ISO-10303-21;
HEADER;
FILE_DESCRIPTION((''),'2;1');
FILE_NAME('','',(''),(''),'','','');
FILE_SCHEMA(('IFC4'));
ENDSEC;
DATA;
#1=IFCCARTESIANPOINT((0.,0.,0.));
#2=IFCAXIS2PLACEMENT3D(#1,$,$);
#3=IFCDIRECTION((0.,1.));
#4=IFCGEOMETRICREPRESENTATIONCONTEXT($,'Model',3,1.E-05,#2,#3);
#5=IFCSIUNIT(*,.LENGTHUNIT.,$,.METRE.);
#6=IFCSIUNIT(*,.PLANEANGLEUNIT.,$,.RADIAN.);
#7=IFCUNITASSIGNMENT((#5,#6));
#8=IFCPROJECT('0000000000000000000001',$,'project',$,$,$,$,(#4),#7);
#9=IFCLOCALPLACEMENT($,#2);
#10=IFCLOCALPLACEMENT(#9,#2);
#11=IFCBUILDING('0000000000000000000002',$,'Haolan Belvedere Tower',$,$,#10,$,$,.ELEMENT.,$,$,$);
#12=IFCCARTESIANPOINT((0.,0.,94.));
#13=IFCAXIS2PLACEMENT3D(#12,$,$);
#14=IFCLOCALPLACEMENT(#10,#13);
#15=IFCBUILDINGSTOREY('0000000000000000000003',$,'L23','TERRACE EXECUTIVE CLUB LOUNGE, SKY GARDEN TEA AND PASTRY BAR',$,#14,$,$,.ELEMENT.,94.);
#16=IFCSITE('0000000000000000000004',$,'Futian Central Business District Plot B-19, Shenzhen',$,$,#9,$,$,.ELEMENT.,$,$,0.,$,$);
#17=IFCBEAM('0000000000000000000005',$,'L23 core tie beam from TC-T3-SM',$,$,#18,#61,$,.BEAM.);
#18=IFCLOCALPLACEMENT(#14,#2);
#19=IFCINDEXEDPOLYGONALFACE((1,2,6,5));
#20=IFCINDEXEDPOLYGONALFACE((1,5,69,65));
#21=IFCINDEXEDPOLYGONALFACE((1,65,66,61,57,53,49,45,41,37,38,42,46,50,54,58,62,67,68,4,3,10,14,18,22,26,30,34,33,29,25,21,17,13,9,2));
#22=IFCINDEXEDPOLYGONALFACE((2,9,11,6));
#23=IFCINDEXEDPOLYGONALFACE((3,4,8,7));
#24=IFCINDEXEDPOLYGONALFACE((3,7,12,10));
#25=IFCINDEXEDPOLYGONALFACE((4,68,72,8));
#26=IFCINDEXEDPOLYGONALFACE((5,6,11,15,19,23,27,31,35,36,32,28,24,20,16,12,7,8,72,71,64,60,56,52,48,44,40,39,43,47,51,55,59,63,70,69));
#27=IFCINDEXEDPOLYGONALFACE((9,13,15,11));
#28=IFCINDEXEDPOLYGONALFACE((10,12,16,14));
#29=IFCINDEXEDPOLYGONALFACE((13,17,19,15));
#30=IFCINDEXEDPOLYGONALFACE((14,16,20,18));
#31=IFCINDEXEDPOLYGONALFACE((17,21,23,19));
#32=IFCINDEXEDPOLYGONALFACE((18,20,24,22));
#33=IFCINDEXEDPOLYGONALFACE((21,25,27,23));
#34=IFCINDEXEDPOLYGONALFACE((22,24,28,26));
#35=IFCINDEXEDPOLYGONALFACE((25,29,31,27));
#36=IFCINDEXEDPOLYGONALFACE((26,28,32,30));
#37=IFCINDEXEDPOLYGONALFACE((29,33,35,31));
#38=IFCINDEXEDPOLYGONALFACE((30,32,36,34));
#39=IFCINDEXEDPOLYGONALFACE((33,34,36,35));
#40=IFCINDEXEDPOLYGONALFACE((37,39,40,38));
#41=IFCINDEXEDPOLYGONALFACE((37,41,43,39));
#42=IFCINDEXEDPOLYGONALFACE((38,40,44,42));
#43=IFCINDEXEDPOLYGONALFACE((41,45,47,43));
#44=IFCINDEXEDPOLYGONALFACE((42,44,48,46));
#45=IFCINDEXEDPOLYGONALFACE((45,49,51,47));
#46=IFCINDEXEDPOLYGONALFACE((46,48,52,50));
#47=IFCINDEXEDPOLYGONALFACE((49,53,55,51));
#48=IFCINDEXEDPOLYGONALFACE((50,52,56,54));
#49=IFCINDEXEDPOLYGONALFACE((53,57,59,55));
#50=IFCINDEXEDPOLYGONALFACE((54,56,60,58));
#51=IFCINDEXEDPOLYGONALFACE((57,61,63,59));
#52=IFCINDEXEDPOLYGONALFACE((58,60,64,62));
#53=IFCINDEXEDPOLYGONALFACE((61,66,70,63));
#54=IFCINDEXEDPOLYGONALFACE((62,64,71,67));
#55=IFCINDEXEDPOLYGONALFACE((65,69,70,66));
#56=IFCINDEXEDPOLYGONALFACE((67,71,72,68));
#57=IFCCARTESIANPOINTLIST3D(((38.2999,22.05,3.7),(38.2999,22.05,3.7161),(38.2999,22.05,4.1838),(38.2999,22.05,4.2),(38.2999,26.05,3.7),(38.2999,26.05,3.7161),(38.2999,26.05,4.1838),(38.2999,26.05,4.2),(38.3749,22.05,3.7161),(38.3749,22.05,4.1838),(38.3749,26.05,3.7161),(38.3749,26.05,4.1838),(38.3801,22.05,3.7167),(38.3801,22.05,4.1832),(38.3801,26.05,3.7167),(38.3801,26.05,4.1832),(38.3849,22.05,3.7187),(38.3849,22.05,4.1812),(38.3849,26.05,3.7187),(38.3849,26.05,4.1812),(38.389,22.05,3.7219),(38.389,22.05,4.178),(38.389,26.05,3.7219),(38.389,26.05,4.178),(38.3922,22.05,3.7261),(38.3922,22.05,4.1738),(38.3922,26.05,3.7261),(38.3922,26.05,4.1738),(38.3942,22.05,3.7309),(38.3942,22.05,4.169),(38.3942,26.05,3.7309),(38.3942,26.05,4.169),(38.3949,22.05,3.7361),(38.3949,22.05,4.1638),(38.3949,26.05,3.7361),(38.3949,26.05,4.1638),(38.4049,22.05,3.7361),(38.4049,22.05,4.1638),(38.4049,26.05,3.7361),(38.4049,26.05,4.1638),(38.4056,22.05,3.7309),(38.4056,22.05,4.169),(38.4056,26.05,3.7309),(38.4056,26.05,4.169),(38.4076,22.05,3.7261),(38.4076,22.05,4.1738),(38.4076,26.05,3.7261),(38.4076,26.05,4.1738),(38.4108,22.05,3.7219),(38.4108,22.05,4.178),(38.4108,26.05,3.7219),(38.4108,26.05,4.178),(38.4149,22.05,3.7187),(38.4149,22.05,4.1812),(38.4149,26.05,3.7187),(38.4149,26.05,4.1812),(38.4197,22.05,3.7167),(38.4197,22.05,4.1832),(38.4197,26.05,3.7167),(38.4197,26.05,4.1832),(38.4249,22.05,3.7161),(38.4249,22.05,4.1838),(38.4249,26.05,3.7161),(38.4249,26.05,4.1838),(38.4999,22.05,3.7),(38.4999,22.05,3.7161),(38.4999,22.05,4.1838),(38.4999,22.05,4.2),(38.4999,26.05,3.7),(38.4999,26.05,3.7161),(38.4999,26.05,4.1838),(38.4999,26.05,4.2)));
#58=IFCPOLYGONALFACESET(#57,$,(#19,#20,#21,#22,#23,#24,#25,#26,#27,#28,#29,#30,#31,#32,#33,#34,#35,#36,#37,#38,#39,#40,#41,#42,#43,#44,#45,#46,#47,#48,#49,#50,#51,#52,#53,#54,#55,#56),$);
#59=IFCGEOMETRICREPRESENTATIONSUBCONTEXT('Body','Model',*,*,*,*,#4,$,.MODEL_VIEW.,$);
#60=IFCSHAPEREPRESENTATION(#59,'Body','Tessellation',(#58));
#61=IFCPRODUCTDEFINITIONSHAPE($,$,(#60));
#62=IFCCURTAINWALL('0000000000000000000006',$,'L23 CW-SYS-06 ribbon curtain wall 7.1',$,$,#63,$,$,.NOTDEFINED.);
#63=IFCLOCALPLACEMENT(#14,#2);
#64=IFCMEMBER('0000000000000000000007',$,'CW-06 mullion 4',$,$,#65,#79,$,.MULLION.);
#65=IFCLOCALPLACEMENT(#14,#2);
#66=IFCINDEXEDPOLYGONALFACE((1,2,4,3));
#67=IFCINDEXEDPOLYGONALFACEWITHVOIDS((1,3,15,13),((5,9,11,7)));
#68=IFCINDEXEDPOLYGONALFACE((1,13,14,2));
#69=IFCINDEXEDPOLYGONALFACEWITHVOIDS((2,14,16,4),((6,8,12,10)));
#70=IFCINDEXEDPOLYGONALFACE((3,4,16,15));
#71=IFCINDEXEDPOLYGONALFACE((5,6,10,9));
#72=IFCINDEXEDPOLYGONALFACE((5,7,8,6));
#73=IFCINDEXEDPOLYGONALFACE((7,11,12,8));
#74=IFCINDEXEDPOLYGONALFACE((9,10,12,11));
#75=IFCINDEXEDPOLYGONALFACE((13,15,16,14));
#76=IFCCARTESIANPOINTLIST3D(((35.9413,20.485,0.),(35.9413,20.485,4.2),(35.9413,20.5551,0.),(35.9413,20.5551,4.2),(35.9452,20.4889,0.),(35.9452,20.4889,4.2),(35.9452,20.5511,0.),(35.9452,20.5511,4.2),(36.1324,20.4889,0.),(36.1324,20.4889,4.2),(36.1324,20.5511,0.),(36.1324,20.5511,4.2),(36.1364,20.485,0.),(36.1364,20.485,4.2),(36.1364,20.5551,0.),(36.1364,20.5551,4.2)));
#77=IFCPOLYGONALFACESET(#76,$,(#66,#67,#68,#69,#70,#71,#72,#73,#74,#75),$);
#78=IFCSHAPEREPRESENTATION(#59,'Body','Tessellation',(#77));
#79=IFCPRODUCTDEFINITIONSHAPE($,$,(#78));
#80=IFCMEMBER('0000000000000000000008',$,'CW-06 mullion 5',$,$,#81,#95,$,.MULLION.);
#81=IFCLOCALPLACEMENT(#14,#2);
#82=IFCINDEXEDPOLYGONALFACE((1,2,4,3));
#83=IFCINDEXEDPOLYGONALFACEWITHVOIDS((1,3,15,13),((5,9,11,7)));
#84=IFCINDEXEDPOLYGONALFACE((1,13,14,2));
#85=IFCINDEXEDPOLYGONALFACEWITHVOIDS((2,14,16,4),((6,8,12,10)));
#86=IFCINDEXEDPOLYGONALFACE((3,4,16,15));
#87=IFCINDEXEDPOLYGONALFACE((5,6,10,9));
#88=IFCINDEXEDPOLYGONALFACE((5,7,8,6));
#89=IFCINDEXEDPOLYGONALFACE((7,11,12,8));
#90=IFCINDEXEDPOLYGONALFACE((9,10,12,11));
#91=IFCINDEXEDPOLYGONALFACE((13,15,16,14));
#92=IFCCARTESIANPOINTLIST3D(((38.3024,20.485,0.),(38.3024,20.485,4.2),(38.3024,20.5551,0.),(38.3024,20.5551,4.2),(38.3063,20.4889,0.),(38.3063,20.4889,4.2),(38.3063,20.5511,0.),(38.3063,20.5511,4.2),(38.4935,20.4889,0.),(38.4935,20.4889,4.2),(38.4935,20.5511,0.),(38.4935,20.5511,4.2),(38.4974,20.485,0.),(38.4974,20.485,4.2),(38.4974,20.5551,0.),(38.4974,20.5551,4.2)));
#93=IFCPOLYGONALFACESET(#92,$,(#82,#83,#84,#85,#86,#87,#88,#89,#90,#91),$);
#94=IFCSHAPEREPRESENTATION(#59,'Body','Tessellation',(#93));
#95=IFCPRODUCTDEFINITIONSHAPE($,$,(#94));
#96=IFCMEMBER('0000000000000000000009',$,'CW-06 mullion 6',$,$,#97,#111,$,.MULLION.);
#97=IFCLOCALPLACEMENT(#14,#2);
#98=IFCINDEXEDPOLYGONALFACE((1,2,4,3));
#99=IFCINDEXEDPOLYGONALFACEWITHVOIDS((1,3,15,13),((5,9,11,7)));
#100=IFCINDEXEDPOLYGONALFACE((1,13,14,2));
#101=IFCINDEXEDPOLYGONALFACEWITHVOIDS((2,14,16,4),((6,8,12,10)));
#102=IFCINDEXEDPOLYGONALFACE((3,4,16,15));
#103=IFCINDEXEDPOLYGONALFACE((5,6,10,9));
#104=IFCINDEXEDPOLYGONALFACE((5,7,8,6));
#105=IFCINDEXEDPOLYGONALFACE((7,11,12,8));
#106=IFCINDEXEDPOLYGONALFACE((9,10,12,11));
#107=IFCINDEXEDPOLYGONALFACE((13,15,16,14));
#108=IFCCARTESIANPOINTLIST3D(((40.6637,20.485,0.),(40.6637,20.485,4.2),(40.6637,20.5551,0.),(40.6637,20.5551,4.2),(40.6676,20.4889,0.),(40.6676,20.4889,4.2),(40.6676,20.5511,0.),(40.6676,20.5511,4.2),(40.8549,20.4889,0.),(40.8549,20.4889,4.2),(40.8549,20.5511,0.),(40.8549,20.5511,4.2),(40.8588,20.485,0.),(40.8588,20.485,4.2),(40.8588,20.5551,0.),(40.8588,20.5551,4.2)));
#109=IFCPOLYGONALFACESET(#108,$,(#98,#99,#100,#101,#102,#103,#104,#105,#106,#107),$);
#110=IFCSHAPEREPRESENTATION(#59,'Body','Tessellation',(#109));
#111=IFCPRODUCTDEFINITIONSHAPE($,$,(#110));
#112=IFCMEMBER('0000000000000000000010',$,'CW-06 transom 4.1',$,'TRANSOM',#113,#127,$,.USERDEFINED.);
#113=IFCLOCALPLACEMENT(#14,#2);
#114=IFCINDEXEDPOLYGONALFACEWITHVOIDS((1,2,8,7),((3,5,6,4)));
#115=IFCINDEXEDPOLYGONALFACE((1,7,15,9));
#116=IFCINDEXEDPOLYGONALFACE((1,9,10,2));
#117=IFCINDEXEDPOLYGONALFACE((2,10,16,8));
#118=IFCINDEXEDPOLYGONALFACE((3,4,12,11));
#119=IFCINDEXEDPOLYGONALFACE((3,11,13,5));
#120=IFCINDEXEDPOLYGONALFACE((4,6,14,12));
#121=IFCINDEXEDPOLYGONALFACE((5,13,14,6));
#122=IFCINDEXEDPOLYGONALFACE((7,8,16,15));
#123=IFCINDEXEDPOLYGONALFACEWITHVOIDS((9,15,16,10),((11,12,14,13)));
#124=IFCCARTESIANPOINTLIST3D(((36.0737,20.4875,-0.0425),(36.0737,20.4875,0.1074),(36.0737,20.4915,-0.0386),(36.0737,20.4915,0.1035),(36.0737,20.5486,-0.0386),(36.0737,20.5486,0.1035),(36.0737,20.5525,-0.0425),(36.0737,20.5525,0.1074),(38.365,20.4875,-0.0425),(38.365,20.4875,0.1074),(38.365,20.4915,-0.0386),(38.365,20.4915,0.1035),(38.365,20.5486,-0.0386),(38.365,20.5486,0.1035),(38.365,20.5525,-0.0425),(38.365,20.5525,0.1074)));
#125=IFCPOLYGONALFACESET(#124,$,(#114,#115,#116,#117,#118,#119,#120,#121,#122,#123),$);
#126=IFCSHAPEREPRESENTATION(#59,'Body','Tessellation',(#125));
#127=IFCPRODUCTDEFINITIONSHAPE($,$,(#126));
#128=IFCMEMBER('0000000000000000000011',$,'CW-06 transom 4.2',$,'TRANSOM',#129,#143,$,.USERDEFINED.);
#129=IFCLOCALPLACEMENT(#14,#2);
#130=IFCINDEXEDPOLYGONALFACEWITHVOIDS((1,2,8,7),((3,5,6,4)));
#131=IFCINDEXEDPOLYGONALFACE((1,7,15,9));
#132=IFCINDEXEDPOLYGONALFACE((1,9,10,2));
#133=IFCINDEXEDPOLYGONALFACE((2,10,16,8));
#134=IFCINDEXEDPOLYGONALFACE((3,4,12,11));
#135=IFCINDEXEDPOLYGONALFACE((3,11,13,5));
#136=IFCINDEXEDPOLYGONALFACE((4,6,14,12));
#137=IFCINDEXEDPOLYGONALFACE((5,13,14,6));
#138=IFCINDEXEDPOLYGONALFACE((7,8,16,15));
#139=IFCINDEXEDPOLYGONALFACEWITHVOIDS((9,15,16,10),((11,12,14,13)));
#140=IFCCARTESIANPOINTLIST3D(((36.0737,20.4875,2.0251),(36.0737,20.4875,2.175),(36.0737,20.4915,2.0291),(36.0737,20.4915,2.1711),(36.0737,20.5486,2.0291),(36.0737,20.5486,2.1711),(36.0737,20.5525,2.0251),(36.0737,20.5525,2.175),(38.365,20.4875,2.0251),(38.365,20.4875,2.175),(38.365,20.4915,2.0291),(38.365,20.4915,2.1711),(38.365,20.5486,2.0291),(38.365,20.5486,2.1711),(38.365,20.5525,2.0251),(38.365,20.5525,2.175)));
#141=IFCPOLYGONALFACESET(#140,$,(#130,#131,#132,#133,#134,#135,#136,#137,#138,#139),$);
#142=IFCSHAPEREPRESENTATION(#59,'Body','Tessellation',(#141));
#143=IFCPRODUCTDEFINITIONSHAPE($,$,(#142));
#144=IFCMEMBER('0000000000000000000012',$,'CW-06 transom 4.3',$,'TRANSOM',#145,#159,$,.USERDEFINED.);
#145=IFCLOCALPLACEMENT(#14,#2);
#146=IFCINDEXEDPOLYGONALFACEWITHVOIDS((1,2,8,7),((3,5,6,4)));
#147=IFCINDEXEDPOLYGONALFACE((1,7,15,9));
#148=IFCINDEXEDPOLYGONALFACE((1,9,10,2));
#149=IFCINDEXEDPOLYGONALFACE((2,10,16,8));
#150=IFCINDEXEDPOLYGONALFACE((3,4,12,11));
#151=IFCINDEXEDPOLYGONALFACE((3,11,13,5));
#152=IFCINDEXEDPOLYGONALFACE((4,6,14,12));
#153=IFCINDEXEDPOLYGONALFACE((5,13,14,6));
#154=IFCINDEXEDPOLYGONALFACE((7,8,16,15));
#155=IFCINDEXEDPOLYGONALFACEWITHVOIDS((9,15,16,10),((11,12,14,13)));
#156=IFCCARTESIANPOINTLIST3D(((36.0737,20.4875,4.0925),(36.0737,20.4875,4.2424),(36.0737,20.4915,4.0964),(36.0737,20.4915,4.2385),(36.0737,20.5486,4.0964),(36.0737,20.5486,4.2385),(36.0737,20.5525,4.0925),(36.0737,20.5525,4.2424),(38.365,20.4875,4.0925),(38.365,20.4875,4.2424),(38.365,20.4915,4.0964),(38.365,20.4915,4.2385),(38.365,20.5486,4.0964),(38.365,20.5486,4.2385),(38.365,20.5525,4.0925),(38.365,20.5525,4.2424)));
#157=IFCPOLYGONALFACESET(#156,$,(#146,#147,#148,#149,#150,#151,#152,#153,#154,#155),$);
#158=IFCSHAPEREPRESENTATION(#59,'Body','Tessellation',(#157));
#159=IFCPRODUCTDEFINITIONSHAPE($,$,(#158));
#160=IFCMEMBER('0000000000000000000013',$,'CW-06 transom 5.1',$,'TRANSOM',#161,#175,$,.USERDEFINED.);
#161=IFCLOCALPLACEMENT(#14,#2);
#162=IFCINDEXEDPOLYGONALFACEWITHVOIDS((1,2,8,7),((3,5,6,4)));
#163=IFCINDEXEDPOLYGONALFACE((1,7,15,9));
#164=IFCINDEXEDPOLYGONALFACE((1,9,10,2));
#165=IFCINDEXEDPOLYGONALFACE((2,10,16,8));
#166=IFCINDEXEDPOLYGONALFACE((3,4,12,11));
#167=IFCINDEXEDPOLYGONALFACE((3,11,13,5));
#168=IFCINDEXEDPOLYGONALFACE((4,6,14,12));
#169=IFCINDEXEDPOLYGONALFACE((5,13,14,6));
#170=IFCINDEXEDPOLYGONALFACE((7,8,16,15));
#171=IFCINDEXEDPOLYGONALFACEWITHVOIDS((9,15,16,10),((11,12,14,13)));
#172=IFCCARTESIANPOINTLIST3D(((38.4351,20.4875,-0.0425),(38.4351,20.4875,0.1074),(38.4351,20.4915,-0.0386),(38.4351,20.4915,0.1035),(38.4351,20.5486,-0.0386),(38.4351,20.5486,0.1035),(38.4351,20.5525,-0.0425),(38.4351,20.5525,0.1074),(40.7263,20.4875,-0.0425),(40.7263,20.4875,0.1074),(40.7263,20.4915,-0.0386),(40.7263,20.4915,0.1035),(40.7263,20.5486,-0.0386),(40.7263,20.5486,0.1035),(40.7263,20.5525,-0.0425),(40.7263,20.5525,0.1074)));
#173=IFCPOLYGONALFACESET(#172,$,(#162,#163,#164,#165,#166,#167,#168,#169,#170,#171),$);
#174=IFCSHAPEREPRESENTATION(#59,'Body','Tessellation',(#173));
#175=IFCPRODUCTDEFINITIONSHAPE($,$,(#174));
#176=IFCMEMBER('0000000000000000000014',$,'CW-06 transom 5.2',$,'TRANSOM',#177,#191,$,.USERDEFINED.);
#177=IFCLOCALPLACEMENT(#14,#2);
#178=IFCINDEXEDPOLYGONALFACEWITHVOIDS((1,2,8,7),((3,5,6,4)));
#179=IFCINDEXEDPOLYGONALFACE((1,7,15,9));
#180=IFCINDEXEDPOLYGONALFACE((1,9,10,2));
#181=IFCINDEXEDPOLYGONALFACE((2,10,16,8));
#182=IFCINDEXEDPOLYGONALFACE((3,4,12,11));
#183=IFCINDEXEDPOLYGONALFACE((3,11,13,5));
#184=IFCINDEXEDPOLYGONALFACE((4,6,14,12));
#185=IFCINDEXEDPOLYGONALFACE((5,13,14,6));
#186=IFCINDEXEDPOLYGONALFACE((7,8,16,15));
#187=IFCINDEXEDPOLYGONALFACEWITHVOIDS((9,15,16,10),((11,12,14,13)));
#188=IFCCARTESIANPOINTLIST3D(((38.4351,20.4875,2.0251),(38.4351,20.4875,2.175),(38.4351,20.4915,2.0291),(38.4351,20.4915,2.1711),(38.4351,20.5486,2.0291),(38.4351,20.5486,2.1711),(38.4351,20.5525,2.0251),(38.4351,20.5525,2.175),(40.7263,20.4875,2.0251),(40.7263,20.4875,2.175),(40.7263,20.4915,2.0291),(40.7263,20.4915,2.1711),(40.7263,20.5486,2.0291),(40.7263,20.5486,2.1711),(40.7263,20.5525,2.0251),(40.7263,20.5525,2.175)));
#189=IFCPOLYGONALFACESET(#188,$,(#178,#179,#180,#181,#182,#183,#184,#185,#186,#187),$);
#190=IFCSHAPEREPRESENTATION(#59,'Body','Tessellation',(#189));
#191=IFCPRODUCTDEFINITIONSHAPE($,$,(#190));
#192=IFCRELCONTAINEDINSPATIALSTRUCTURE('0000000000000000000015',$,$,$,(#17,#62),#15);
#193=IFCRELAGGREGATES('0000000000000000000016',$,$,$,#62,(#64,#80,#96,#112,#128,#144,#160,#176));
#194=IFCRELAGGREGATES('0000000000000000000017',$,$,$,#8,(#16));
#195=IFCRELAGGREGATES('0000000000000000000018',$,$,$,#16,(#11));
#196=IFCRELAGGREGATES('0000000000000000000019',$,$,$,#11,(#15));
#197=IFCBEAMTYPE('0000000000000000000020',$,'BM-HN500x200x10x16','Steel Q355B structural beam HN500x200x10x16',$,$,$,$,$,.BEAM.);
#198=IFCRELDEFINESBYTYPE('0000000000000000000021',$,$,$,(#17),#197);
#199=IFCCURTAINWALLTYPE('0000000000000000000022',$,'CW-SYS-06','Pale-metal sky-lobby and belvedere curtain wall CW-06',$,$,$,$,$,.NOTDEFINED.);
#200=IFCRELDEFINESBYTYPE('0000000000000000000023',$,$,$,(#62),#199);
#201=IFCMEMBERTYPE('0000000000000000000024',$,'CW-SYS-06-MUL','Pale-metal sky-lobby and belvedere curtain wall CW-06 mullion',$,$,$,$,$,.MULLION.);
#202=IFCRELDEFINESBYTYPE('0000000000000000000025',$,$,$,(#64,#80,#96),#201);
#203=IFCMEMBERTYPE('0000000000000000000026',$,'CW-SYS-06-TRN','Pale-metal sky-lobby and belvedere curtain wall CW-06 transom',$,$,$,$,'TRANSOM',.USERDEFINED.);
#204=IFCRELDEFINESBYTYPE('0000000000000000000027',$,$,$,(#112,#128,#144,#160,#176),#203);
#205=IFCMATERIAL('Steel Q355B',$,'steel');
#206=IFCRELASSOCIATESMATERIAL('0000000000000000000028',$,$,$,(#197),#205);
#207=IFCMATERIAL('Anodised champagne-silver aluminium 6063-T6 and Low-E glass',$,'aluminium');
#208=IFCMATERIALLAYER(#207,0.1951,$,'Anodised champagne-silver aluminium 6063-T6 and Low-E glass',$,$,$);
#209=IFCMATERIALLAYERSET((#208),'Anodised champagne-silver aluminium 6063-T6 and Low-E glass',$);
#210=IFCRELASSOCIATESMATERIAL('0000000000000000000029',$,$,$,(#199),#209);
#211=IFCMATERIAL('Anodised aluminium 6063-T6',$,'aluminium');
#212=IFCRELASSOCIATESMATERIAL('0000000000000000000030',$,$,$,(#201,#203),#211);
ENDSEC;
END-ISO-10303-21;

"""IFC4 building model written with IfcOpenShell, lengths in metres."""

from ifc_helpers import new_model, si_unit, direction, frame, origin, origin_2d, place, context, subcontext, project, spatial, hollow_rectangle, i_section, extrude, material, layer, layer_set, material_profile, profile_set, type_object, element, aggregate, save


model = new_model("IFC4")

# Units and contexts
model_context = context("Model", 3, precision=1e-05, world=origin(), true_north=direction((0.0, 1.0)))
body_context = subcontext(model_context, "Body", "Model", "MODEL_VIEW")
ifc_project = project(units=[si_unit("LENGTHUNIT", "METRE"), si_unit("PLANEANGLEUNIT", "RADIAN")], contexts=[model_context])

# Site, building, storey
site_placement = place(None, origin())
site = spatial("IfcSite", under=ifc_project, at=site_placement, Name="Futian Central Business District Plot B-19, Shenzhen", CompositionType="ELEMENT", RefElevation=0.0)
building_placement = place(site_placement, origin())
building = spatial("IfcBuilding", under=site, at=building_placement, Name="Haolan Belvedere Tower", CompositionType="ELEMENT")
storey_placement = place(building_placement, frame((0.0, 0.0, 94.0)))
storey = spatial("IfcBuildingStorey", under=building, at=storey_placement, Name="L23", Description="TERRACE EXECUTIVE CLUB LOUNGE, SKY GARDEN TEA AND PASTRY BAR", CompositionType="ELEMENT", Elevation=94.0)

# Beam
ifc_material_1 = material(Name="Steel Q355B", Category="steel")
ifc_material_profile_1 = material_profile(ifc_material_1, i_section(OverallWidth=0.2, OverallDepth=0.5, WebThickness=0.01, FlangeThickness=0.0161, FilletRadius=0.02, at=origin_2d()), Name="Steel Q355B")
ifc_profile_set_1 = profile_set([ifc_material_profile_1], Name="Steel Q355B")
beam_type_1 = type_object("IfcBeamType", Name="BM-HN500x200x10x16", Description="Steel Q355B structural beam HN500x200x10x16", PredefinedType="BEAM", material=ifc_profile_set_1)
beam_1_placement = place(storey_placement, frame((38.3999, 22.05, 3.95), z_axis=(0.0, 1.0, 0.0), x_axis=(-1.0, 0.0, 0.0)))
element("IfcBeam", 1, at=beam_1_placement, inside=storey, type_object=beam_type_1, Name="L23 core tie beam from TC-T3-SM", PredefinedType="BEAM", context=body_context, shape_type="SweptSolid", body=[
    extrude(i_section(OverallWidth=0.2, OverallDepth=0.5, WebThickness=0.01, FlangeThickness=0.0161, FilletRadius=0.02, at=origin_2d()), origin(), (0.0, 0.0, 1.0), 4.0),
])

# Curtain wall, members
ifc_material_2 = material(Name="Anodised champagne-silver aluminium 6063-T6 and Low-E glass", Category="aluminium")
ifc_layer_1 = layer(ifc_material_2, 0.1951, Name="Anodised champagne-silver aluminium 6063-T6 and Low-E glass")
ifc_layer_set_1 = layer_set([ifc_layer_1], Name="Anodised champagne-silver aluminium 6063-T6 and Low-E glass")
curtain_wall_type = type_object("IfcCurtainWallType", Name="CW-SYS-06", Description="Pale-metal sky-lobby and belvedere curtain wall CW-06", PredefinedType="NOTDEFINED", material=ifc_layer_set_1)
curtain_wall_placement = place(storey_placement, origin())
curtain_wall = element("IfcCurtainWall", 2, at=curtain_wall_placement, inside=storey, type_object=curtain_wall_type, Name="L23 CW-SYS-06 ribbon curtain wall 7.1", PredefinedType="NOTDEFINED")
ifc_material_3 = material(Name="Anodised aluminium 6063-T6", Category="aluminium")
ifc_material_profile_2 = material_profile(ifc_material_3, hollow_rectangle(XDim=0.0701, YDim=0.1951, WallThickness=0.0039, at=origin_2d()), Name="Anodised aluminium 6063-T6")
ifc_profile_set_2 = profile_set([ifc_material_profile_2], Name="Anodised aluminium 6063-T6")
member_type_1 = type_object("IfcMemberType", Name="CW-SYS-06-MUL", Description="Pale-metal sky-lobby and belvedere curtain wall CW-06 mullion", PredefinedType="MULLION", material=ifc_profile_set_2)
member_1_placement = place(storey_placement, frame((36.0388, 20.52, 0.0), z_axis=(0.0, 0.0, 1.0), x_axis=(0.0, 1.0, 0.0)))
member_1 = element("IfcMember", 3, at=member_1_placement, type_object=member_type_1, Name="CW-06 mullion 4", PredefinedType="MULLION", context=body_context, shape_type="SweptSolid", body=[
    extrude(hollow_rectangle(XDim=0.0701, YDim=0.1951, WallThickness=0.0039, at=origin_2d()), origin(), (0.0, 0.0, 1.0), 4.2),
])
member_2_placement = place(storey_placement, frame((38.3999, 20.52, 0.0), z_axis=(0.0, 0.0, 1.0), x_axis=(0.0, 1.0, 0.0)))
member_2 = element("IfcMember", 4, at=member_2_placement, type_object=member_type_1, Name="CW-06 mullion 5", PredefinedType="MULLION", context=body_context, shape_type="SweptSolid", body=[
    extrude(hollow_rectangle(XDim=0.0701, YDim=0.1951, WallThickness=0.0039, at=origin_2d()), origin(), (0.0, 0.0, 1.0), 4.2),
])
member_3_placement = place(storey_placement, frame((40.7612, 20.52, 0.0), z_axis=(0.0, 0.0, 1.0), x_axis=(0.0, 1.0, 0.0)))
member_3 = element("IfcMember", 5, at=member_3_placement, type_object=member_type_1, Name="CW-06 mullion 6", PredefinedType="MULLION", context=body_context, shape_type="SweptSolid", body=[
    extrude(hollow_rectangle(XDim=0.0701, YDim=0.1951, WallThickness=0.0039, at=origin_2d()), origin(), (0.0, 0.0, 1.0), 4.2),
])
ifc_material_profile_3 = material_profile(ifc_material_3, hollow_rectangle(XDim=0.0649, YDim=0.1499, WallThickness=0.0039, at=origin_2d()), Name="Anodised aluminium 6063-T6")
ifc_profile_set_3 = profile_set([ifc_material_profile_3], Name="Anodised aluminium 6063-T6")
member_type_2 = type_object("IfcMemberType", Name="CW-SYS-06-TRN", Description="Pale-metal sky-lobby and belvedere curtain wall CW-06 transom", ElementType="TRANSOM", PredefinedType="USERDEFINED", material=ifc_profile_set_3)
member_4_placement = place(storey_placement, frame((36.0737, 20.52, 0.0325), z_axis=(1.0, 0.0, 0.0), x_axis=(0.0, 1.0, 0.0)))
member_4 = element("IfcMember", 6, at=member_4_placement, type_object=member_type_2, Name="CW-06 transom 4.1", ObjectType="TRANSOM", PredefinedType="USERDEFINED", context=body_context, shape_type="SweptSolid", body=[
    extrude(hollow_rectangle(XDim=0.0649, YDim=0.1499, WallThickness=0.0039, at=origin_2d()), origin(), (0.0, 0.0, 1.0), 2.2913),
])
member_5_placement = place(storey_placement, frame((36.0737, 20.52, 2.1001), z_axis=(1.0, 0.0, 0.0), x_axis=(0.0, 1.0, 0.0)))
member_5 = element("IfcMember", 7, at=member_5_placement, type_object=member_type_2, Name="CW-06 transom 4.2", ObjectType="TRANSOM", PredefinedType="USERDEFINED", context=body_context, shape_type="SweptSolid", body=[
    extrude(hollow_rectangle(XDim=0.0649, YDim=0.1499, WallThickness=0.0039, at=origin_2d()), origin(), (0.0, 0.0, 1.0), 2.2913),
])
member_6_placement = place(storey_placement, frame((36.0737, 20.52, 4.1675), z_axis=(1.0, 0.0, 0.0), x_axis=(0.0, 1.0, 0.0)))
member_6 = element("IfcMember", 8, at=member_6_placement, type_object=member_type_2, Name="CW-06 transom 4.3", ObjectType="TRANSOM", PredefinedType="USERDEFINED", context=body_context, shape_type="SweptSolid", body=[
    extrude(hollow_rectangle(XDim=0.0649, YDim=0.1499, WallThickness=0.0039, at=origin_2d()), origin(), (0.0, 0.0, 1.0), 2.2913),
])
member_7_placement = place(storey_placement, frame((38.4351, 20.52, 0.0325), z_axis=(1.0, 0.0, 0.0), x_axis=(0.0, 1.0, 0.0)))
member_7 = element("IfcMember", 9, at=member_7_placement, type_object=member_type_2, Name="CW-06 transom 5.1", ObjectType="TRANSOM", PredefinedType="USERDEFINED", context=body_context, shape_type="SweptSolid", body=[
    extrude(hollow_rectangle(XDim=0.0649, YDim=0.1499, WallThickness=0.0039, at=origin_2d()), origin(), (0.0, 0.0, 1.0), 2.2913),
])
member_8_placement = place(storey_placement, frame((38.4351, 20.52, 2.1001), z_axis=(1.0, 0.0, 0.0), x_axis=(0.0, 1.0, 0.0)))
member_8 = element("IfcMember", 10, at=member_8_placement, type_object=member_type_2, Name="CW-06 transom 5.2", ObjectType="TRANSOM", PredefinedType="USERDEFINED", context=body_context, shape_type="SweptSolid", body=[
    extrude(hollow_rectangle(XDim=0.0649, YDim=0.1499, WallThickness=0.0039, at=origin_2d()), origin(), (0.0, 0.0, 1.0), 2.2913),
])
aggregate(curtain_wall, [member_1, member_2, member_3, member_4, member_5, member_6, member_7, member_8])

save(model, "model.ifc")
